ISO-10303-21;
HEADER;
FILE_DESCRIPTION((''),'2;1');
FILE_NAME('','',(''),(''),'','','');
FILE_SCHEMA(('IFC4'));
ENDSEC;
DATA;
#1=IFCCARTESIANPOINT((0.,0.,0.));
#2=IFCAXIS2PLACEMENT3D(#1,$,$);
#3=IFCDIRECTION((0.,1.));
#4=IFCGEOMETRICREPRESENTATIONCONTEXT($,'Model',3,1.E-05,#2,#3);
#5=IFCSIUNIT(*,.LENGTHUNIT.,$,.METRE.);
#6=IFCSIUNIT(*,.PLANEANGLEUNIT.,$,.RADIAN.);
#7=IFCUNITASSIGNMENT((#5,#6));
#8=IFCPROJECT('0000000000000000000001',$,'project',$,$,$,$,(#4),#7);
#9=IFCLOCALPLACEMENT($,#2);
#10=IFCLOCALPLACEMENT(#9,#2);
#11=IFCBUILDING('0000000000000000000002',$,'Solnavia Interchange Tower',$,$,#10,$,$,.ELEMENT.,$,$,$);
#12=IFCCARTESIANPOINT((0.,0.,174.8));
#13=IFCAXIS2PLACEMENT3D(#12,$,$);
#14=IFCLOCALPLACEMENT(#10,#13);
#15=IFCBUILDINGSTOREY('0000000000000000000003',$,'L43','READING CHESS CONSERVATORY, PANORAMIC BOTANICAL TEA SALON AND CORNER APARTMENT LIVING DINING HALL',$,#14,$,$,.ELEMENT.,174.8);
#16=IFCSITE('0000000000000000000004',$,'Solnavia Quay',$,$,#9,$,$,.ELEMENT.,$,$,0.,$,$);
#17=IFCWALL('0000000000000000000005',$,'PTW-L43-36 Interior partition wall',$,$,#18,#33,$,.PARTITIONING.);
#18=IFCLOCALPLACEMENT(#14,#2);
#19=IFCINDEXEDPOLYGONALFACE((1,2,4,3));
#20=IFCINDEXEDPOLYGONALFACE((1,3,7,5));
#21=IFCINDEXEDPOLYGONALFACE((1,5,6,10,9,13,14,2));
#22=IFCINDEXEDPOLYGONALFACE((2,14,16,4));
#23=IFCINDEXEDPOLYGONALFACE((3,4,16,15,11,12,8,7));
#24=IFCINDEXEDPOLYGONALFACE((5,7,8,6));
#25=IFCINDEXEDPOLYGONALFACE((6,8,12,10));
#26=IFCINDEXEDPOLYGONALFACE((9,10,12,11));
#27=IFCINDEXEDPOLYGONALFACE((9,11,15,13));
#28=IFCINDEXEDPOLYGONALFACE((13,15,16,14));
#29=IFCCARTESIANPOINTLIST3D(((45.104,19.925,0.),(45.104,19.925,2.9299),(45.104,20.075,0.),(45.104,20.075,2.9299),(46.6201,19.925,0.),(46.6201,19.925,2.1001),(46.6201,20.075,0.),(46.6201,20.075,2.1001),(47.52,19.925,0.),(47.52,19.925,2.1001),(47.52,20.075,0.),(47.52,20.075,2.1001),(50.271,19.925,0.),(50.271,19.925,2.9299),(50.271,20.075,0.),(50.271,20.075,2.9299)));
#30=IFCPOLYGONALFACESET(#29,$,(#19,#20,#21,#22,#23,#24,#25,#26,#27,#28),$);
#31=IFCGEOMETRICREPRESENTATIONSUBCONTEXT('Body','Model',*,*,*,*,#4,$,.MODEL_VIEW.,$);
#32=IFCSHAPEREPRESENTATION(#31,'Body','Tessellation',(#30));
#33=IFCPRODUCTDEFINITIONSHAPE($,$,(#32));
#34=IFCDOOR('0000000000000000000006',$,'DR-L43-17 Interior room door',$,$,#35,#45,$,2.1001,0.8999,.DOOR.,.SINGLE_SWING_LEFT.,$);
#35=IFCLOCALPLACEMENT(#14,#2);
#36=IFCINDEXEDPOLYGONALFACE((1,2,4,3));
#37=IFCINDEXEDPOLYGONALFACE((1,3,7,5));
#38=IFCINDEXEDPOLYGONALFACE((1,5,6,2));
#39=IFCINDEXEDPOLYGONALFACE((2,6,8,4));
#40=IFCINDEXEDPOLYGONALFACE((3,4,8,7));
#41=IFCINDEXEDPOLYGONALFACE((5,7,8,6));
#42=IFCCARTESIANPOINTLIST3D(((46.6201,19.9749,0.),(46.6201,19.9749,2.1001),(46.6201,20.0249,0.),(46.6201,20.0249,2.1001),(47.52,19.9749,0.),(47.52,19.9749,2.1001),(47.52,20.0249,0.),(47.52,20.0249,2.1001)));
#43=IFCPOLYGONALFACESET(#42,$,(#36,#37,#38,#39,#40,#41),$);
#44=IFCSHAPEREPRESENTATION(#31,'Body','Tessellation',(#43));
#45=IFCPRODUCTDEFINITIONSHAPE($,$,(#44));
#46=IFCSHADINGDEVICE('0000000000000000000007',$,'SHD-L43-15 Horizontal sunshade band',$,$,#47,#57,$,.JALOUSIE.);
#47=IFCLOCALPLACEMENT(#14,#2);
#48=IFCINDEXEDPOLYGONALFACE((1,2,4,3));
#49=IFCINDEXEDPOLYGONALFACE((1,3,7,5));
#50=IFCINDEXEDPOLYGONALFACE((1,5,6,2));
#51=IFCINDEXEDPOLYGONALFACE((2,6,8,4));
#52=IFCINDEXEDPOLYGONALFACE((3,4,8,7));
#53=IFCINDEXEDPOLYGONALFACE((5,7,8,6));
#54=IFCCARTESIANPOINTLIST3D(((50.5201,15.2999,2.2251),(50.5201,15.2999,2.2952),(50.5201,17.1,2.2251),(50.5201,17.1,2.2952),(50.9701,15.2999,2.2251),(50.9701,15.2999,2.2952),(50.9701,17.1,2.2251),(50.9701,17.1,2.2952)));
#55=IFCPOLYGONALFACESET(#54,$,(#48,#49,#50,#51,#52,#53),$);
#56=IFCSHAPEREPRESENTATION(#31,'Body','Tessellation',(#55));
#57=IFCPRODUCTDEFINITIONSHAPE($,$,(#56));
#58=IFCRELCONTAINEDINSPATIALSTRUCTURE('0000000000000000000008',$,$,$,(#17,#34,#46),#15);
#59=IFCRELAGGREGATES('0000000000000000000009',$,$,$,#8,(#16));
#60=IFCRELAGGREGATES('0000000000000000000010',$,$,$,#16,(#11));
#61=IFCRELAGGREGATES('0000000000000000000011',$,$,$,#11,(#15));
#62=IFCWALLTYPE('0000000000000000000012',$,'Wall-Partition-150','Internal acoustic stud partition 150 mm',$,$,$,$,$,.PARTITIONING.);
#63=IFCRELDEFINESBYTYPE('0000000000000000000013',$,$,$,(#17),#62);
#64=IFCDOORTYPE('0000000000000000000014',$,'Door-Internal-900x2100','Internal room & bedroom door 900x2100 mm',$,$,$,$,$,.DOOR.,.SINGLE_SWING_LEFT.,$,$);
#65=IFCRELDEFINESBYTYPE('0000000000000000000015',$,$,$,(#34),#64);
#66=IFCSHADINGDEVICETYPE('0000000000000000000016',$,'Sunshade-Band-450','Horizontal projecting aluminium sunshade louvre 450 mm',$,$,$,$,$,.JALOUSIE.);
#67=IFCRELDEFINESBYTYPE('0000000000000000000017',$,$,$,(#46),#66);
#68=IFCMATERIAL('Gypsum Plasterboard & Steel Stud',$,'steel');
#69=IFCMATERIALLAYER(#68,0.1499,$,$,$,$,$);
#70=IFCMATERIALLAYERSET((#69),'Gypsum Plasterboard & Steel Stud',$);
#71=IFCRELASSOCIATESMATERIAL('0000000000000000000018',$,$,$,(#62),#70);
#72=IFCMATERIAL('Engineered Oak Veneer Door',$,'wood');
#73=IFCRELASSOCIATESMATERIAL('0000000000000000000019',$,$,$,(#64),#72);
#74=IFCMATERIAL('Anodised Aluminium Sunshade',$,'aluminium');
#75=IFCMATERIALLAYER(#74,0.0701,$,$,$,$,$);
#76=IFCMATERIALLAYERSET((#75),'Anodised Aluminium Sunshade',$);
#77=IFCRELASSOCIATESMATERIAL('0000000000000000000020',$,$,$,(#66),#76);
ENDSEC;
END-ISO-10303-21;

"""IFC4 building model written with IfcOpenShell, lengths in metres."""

from ifc_helpers import new_model, si_unit, direction, frame, frame_2d, origin, origin_2d, place, context, subcontext, project, spatial, rectangle, extrude, material, layer, layer_set, type_object, element, fill, save


model = new_model("IFC4")

# Units and contexts
model_context = context("Model", 3, precision=1e-05, world=origin(), true_north=direction((0.0, 1.0)))
body_context = subcontext(model_context, "Body", "Model", "MODEL_VIEW")
ifc_project = project(units=[si_unit("LENGTHUNIT", "METRE"), si_unit("PLANEANGLEUNIT", "RADIAN")], contexts=[model_context])

# Site, building, storey
site_placement = place(None, origin())
site = spatial("IfcSite", under=ifc_project, at=site_placement, Name="Solnavia Quay", CompositionType="ELEMENT", RefElevation=0.0)
building_placement = place(site_placement, origin())
building = spatial("IfcBuilding", under=site, at=building_placement, Name="Solnavia Interchange Tower", CompositionType="ELEMENT")
storey_placement = place(building_placement, frame((0.0, 0.0, 174.8)))
storey = spatial("IfcBuildingStorey", under=building, at=storey_placement, Name="L43", Description="READING CHESS CONSERVATORY, PANORAMIC BOTANICAL TEA SALON AND CORNER APARTMENT LIVING DINING HALL", CompositionType="ELEMENT", Elevation=174.8)

# Wall, opening, door
ifc_material_1 = material(Name="Gypsum Plasterboard & Steel Stud", Category="steel")
ifc_layer_1 = layer(ifc_material_1, 0.1499)
ifc_layer_set_1 = layer_set([ifc_layer_1], Name="Gypsum Plasterboard & Steel Stud")
wall_type_1 = type_object("IfcWallType", Name="Wall-Partition-150", Description="Internal acoustic stud partition 150 mm", PredefinedType="PARTITIONING", material=ifc_layer_set_1)
wall_1_placement = place(storey_placement, frame((45.104, 20.0, 0.0), z_axis=(0.0, 0.0, 1.0), x_axis=(1.0, 0.0, 0.0)))
wall_1 = element("IfcWall", 1, at=wall_1_placement, inside=storey, type_object=wall_type_1, Name="PTW-L43-36 Interior partition wall", PredefinedType="PARTITIONING", context=body_context, shape_type="SweptSolid", body=[
    extrude(rectangle(XDim=5.167, YDim=0.1499, at=frame_2d((2.5835, 0.0))), origin(), (0.0, 0.0, 1.0), 2.9299),
])
opening_1_placement = place(wall_1_placement, frame((1.5161, 0.0, 0.0)))
opening_1 = element("IfcOpeningElement", 2, at=opening_1_placement, cuts=wall_1, PredefinedType="OPENING", context=body_context, shape_type="SweptSolid", body=[
    extrude(rectangle(XDim=0.8999, YDim=2.1001, at=frame_2d((0.45, 1.05))), frame((0.0, 0.085, 0.0), z_axis=(0.0, -1.0, 0.0), x_axis=(1.0, 0.0, 0.0)), (0.0, 0.0, 1.0), 0.1699),
])
ifc_material_2 = material(Name="Engineered Oak Veneer Door", Category="wood")
door_type = type_object("IfcDoorType", Name="Door-Internal-900x2100", Description="Internal room & bedroom door 900x2100 mm", OperationType="SINGLE_SWING_LEFT", PredefinedType="DOOR", material=ifc_material_2)
door_placement = place(opening_1_placement, origin())
door = element("IfcDoor", 3, at=door_placement, inside=storey, type_object=door_type, Name="DR-L43-17 Interior room door", OperationType="SINGLE_SWING_LEFT", OverallHeight=2.1001, OverallWidth=0.8999, PredefinedType="DOOR", context=body_context, shape_type="SweptSolid", body=[
    extrude(rectangle(XDim=0.8999, YDim=2.1001, at=frame_2d((0.45, 1.05))), frame((0.0, 0.0249, 0.0), z_axis=(0.0, -1.0, 0.0), x_axis=(1.0, 0.0, 0.0)), (0.0, 0.0, 1.0), 0.05),
])
fill(opening_1, door)

# Shading device
ifc_material_3 = material(Name="Anodised Aluminium Sunshade", Category="aluminium")
ifc_layer_2 = layer(ifc_material_3, 0.0701)
ifc_layer_set_2 = layer_set([ifc_layer_2], Name="Anodised Aluminium Sunshade")
shading_device_type = type_object("IfcShadingDeviceType", Name="Sunshade-Band-450", Description="Horizontal projecting aluminium sunshade louvre 450 mm", PredefinedType="JALOUSIE", material=ifc_layer_set_2)
shading_device_placement = place(storey_placement, frame((50.7451, 16.2, 2.2251), z_axis=(0.0, 0.0, 1.0), x_axis=(0.0, -1.0, 0.0)))
element("IfcShadingDevice", 4, at=shading_device_placement, inside=storey, type_object=shading_device_type, Name="SHD-L43-15 Horizontal sunshade band", PredefinedType="JALOUSIE", context=body_context, shape_type="SweptSolid", body=[
    extrude(rectangle(XDim=1.8, YDim=0.45, at=origin_2d()), origin(), (0.0, 0.0, 1.0), 0.0701),
])

save(model, "model.ifc")
